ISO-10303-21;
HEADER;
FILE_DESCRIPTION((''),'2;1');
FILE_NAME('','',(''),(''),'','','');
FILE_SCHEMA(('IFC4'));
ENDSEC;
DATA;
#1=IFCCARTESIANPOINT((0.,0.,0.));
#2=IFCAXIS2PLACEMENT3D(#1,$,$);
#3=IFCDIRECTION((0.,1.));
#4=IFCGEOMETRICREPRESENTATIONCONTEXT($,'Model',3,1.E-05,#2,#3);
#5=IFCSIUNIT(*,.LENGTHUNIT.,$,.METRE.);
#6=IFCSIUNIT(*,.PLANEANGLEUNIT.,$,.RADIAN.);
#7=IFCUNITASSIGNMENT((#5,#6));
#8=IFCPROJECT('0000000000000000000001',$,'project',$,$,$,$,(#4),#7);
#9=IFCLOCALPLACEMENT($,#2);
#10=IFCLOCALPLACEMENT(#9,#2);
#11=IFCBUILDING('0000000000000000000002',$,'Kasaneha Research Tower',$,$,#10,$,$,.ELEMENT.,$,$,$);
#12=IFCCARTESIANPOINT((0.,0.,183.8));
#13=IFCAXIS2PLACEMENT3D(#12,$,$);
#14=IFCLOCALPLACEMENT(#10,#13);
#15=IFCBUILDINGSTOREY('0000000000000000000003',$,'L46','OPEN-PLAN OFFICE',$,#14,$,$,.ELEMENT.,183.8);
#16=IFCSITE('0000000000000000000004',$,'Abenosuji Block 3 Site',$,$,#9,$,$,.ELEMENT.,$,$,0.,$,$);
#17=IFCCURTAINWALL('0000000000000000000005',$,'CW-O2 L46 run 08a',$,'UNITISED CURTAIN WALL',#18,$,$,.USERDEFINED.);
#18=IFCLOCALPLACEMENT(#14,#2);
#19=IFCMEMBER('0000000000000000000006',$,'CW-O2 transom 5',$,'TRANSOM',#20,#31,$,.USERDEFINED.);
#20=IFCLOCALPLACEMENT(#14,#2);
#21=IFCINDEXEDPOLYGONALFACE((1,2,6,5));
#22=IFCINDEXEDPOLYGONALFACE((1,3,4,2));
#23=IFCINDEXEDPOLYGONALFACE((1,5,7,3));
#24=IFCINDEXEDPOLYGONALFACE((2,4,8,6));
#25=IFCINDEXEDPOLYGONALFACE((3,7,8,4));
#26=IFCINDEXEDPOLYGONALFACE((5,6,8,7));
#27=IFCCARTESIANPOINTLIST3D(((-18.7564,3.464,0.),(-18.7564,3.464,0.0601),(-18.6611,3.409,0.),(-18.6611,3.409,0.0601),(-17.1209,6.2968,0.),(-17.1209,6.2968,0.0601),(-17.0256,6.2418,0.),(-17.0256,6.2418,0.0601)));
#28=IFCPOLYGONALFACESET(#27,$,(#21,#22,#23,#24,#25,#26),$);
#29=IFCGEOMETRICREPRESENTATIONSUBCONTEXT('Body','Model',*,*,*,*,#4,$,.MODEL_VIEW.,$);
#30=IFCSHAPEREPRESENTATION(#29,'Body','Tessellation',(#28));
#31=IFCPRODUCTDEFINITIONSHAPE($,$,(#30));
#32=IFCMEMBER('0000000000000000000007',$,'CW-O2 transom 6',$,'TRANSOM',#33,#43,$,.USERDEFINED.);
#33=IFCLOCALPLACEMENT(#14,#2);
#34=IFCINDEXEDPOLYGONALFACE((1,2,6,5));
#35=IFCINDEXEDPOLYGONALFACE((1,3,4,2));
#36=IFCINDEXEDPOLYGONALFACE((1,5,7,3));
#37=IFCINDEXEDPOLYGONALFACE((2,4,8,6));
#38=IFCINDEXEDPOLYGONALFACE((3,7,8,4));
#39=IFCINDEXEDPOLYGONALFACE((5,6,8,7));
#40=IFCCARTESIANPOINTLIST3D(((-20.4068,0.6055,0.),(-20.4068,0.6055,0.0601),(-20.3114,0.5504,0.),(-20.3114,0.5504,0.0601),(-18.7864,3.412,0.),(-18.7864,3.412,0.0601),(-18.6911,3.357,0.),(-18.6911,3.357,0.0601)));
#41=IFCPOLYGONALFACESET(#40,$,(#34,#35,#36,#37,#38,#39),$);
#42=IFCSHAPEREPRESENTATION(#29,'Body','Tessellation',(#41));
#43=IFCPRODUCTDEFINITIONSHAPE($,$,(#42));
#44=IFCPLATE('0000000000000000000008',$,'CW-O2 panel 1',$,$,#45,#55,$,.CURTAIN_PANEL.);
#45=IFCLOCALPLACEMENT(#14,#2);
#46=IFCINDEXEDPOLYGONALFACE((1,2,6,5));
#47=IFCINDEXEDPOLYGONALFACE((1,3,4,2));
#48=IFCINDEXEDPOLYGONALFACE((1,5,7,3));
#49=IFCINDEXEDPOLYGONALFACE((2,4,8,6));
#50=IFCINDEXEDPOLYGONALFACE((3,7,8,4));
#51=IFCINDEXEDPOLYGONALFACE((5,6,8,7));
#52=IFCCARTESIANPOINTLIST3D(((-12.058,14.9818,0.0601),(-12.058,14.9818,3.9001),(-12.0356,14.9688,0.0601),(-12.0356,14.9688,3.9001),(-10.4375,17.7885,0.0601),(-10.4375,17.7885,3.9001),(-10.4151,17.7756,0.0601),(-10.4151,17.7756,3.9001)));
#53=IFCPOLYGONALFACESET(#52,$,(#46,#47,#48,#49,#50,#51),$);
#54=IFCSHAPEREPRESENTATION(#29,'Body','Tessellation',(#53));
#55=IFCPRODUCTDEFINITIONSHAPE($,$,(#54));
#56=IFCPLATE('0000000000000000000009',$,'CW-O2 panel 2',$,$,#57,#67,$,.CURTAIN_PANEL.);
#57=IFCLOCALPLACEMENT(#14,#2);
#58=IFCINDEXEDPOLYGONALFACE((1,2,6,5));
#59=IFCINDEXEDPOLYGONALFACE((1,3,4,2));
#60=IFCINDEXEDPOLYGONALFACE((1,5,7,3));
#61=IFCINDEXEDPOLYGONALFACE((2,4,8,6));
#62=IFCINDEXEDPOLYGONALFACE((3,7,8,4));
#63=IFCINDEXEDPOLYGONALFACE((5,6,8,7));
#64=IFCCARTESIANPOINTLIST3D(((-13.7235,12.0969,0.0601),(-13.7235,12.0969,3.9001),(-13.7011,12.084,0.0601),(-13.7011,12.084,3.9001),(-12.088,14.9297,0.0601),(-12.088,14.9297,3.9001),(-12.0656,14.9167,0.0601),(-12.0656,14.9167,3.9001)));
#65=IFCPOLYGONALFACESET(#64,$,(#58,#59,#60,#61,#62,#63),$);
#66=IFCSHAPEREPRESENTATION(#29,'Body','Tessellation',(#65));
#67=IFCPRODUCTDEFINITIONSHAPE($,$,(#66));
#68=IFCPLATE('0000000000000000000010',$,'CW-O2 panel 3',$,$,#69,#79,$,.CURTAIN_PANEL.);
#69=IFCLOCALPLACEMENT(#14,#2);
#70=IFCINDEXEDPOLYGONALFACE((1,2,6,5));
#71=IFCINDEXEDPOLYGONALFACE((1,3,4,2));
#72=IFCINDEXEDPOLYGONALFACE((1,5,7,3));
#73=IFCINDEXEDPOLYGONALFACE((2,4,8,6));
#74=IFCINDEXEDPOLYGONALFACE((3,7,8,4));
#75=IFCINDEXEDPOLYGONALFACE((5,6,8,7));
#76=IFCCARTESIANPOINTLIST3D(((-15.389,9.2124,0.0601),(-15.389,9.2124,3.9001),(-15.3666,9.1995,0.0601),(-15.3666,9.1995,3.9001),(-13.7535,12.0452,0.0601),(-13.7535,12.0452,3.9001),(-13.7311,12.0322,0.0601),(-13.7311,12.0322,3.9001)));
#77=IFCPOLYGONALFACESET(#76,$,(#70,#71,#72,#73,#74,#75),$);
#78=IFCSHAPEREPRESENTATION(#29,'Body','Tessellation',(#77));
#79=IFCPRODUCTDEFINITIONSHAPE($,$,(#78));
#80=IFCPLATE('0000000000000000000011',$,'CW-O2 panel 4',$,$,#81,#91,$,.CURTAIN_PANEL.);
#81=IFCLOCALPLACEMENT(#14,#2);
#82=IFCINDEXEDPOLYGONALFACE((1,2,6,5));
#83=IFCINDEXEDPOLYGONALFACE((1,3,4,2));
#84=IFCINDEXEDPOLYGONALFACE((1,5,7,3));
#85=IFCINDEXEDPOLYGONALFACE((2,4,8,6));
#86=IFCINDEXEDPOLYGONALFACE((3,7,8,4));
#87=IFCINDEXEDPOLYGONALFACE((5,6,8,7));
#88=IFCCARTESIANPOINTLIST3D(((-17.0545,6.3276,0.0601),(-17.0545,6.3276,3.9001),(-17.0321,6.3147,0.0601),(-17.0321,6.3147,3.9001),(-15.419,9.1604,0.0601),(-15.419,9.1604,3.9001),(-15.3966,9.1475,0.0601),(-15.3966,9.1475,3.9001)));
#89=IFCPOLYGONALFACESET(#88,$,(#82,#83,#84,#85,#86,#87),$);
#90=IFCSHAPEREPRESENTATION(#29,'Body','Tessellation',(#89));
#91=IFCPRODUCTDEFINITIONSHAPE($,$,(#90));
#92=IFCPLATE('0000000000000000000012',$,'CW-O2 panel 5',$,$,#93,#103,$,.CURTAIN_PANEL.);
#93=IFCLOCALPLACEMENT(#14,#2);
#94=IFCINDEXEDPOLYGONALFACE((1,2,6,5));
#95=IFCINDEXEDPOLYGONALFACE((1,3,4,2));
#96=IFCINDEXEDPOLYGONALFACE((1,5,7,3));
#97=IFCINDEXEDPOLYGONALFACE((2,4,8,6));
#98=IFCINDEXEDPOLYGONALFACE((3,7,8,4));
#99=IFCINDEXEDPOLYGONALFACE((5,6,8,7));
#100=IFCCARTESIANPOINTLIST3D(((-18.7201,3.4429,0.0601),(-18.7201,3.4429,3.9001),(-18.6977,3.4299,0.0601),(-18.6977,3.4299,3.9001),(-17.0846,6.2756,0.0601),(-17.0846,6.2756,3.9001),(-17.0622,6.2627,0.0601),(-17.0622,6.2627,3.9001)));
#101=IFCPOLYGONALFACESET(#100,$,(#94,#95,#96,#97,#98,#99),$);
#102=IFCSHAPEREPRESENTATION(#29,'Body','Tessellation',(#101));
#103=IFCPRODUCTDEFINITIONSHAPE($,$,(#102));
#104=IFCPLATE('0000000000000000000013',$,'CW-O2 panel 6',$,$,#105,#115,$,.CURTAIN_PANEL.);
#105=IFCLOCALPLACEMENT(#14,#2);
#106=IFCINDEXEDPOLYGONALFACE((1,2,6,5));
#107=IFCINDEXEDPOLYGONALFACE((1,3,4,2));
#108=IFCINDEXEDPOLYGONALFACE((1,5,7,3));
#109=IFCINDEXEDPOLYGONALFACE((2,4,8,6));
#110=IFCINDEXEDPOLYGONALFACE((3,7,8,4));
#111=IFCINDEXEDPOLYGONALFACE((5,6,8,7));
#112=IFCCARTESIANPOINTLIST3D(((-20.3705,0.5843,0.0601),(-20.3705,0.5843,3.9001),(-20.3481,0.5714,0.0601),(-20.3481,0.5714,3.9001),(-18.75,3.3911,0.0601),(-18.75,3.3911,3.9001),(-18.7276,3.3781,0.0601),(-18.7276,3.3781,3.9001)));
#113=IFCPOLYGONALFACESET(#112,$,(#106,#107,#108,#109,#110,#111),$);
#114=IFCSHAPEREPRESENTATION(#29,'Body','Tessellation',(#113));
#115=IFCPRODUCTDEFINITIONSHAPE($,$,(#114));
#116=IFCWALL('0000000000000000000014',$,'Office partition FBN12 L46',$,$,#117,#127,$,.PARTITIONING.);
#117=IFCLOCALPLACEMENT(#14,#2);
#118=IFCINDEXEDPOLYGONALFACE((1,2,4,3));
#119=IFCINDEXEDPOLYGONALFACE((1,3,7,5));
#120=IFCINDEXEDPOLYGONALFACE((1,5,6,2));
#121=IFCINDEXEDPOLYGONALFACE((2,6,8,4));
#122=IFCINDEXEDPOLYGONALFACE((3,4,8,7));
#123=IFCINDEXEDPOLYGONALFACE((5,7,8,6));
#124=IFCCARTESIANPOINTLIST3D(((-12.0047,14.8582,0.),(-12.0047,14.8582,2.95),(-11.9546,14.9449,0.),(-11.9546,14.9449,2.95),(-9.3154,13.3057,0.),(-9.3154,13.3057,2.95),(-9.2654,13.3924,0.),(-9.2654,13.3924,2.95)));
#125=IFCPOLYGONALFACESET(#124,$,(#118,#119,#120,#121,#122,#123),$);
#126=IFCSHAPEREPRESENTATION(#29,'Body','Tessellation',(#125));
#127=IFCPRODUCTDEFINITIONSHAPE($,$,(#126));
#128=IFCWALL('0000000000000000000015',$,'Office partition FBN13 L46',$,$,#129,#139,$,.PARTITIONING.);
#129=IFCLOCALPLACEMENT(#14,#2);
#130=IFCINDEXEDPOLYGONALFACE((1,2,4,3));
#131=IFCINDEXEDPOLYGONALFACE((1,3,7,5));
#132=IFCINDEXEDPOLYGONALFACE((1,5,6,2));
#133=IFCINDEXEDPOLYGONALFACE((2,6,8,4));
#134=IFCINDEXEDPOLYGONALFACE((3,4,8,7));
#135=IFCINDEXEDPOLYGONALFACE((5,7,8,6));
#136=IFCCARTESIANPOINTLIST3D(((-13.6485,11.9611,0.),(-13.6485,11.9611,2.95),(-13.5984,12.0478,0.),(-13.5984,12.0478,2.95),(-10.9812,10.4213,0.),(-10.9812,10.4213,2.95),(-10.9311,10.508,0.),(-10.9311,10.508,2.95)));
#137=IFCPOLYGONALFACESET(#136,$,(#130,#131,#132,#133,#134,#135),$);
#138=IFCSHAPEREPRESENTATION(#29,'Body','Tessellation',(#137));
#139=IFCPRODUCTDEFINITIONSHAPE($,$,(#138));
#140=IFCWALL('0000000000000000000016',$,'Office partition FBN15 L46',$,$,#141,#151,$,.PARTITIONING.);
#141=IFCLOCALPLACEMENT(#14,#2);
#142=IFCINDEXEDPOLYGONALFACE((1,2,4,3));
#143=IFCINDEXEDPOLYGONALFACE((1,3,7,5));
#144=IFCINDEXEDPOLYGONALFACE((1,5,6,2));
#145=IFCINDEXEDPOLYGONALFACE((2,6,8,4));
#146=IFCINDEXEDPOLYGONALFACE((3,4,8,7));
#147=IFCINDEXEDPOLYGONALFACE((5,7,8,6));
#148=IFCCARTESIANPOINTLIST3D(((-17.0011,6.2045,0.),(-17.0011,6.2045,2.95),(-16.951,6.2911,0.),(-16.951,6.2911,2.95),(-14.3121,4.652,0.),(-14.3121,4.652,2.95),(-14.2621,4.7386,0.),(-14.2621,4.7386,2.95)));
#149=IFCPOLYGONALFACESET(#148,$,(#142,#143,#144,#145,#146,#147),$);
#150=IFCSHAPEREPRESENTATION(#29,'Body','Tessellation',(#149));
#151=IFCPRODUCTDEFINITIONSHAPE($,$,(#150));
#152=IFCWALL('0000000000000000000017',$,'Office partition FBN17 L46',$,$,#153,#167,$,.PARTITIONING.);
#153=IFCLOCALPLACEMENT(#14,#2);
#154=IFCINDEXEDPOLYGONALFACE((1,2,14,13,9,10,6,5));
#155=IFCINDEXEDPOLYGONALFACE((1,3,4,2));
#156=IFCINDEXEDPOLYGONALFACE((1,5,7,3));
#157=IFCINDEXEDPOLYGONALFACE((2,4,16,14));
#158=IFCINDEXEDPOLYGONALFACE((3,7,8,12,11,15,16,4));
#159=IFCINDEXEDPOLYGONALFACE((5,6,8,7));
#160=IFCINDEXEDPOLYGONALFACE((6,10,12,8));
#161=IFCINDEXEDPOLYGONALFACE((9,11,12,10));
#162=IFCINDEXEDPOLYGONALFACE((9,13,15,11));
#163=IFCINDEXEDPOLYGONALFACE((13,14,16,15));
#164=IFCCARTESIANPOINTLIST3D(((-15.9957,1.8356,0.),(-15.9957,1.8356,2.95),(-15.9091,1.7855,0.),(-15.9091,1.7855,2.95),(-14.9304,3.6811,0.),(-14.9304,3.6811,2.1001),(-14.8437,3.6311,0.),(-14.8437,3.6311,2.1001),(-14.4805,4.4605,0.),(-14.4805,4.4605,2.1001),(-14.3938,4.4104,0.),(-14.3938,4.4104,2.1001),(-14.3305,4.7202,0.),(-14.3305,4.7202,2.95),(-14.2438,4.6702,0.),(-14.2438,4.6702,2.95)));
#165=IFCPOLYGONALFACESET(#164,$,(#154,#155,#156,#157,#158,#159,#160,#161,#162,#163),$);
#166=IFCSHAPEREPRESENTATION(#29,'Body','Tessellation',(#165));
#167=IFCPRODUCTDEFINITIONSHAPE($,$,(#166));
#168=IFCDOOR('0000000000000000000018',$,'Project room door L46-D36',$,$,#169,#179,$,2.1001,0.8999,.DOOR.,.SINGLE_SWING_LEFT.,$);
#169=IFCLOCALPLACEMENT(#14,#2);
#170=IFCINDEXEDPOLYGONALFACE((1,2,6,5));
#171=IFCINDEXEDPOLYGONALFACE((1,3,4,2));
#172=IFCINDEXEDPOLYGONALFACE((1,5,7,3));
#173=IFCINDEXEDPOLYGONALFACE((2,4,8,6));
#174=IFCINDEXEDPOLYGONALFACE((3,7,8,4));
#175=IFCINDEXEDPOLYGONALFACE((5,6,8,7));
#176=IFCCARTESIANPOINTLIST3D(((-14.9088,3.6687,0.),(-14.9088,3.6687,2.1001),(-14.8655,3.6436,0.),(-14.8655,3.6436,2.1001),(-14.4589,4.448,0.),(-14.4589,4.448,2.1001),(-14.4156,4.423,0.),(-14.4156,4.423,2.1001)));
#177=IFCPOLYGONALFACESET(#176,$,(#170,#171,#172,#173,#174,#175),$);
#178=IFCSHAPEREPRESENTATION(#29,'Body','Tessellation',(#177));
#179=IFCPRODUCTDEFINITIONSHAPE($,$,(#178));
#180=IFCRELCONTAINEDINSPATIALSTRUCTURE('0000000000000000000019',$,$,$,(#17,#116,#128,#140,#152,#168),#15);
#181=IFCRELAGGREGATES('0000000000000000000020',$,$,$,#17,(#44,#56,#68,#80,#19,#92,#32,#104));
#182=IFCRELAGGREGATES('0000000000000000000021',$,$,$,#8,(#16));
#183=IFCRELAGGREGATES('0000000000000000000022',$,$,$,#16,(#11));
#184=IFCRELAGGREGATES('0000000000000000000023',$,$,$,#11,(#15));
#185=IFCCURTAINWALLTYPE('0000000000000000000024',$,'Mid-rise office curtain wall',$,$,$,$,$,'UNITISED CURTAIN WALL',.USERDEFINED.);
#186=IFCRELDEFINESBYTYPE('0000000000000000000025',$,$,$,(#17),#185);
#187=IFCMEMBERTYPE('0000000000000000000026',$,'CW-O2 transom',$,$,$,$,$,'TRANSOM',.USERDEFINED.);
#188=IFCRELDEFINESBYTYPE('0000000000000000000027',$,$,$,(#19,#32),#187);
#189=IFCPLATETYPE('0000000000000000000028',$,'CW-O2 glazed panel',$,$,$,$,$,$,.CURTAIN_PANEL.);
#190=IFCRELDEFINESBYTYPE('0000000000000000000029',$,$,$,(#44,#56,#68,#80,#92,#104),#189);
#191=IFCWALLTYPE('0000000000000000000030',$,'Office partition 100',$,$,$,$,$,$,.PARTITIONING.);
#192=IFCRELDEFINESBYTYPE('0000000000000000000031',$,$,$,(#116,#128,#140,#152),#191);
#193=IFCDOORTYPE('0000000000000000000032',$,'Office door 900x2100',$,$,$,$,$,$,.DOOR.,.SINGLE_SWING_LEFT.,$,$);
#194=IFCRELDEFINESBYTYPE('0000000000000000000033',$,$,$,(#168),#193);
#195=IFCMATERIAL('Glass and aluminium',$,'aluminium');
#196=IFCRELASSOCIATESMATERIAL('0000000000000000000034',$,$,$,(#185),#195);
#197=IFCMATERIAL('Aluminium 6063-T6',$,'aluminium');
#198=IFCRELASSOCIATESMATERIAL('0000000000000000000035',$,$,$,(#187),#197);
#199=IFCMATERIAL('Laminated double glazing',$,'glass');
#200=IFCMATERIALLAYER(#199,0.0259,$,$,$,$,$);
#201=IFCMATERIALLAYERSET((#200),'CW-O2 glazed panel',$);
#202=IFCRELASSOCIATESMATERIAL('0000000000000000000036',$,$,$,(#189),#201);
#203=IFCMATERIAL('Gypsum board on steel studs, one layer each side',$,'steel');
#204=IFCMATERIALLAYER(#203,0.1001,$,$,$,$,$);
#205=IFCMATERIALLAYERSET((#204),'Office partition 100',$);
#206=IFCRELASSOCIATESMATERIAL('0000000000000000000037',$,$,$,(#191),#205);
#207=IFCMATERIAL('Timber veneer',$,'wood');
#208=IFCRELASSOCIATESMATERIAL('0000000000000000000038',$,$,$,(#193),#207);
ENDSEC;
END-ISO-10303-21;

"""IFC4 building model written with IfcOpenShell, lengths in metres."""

from ifc_helpers import new_model, si_unit, direction, frame, frame_2d, origin, origin_2d, place, context, subcontext, project, spatial, rectangle, extrude, material, layer, layer_set, material_profile, profile_set, type_object, element, fill, aggregate, save


model = new_model("IFC4")

# Units and contexts
model_context = context("Model", 3, precision=1e-05, world=origin(), true_north=direction((0.0, 1.0)))
body_context = subcontext(model_context, "Body", "Model", "MODEL_VIEW")
ifc_project = project(units=[si_unit("LENGTHUNIT", "METRE"), si_unit("PLANEANGLEUNIT", "RADIAN")], contexts=[model_context])

# Site, building, storey
site_placement = place(None, origin())
site = spatial("IfcSite", under=ifc_project, at=site_placement, Name="Abenosuji Block 3 Site", CompositionType="ELEMENT", RefElevation=0.0)
building_placement = place(site_placement, origin())
building = spatial("IfcBuilding", under=site, at=building_placement, Name="Kasaneha Research Tower", CompositionType="ELEMENT")
storey_placement = place(building_placement, frame((0.0, 0.0, 183.8)))
storey = spatial("IfcBuildingStorey", under=building, at=storey_placement, Name="L46", Description="OPEN-PLAN OFFICE", CompositionType="ELEMENT", Elevation=183.8)

# Shared definitions
ifc_material_1 = material(Name="Glass and aluminium", Category="aluminium")
curtain_wall_type = type_object("IfcCurtainWallType", Name="Mid-rise office curtain wall", ElementType="UNITISED CURTAIN WALL", PredefinedType="USERDEFINED", material=ifc_material_1)

# Curtain wall, members, plates
curtain_wall_1_placement = place(storey_placement, origin())
curtain_wall_1 = element("IfcCurtainWall", 1, at=curtain_wall_1_placement, inside=storey, type_object=curtain_wall_type, Name="CW-O2 L46 run 08a", ObjectType="UNITISED CURTAIN WALL", PredefinedType="USERDEFINED")
ifc_material_2 = material(Name="Aluminium 6063-T6", Category="aluminium")
ifc_material_profile_1 = material_profile(ifc_material_2, rectangle(XDim=0.1101, YDim=0.0601, at=origin_2d()), Name="CW-O2 transom 110x60")
ifc_profile_set_1 = profile_set([ifc_material_profile_1], Name="Aluminium 6063-T6")
member_type_1 = type_object("IfcMemberType", Name="CW-O2 transom", ElementType="TRANSOM", PredefinedType="USERDEFINED", material=ifc_profile_set_1)
member_1_placement = place(storey_placement, frame((-17.0732, 6.2693, 0.03), z_axis=(-0.5, -0.866025, 0.0), x_axis=(0.866025, -0.5, 0.0)))
member_1 = element("IfcMember", 2, at=member_1_placement, type_object=member_type_1, Name="CW-O2 transom 5", ObjectType="TRANSOM", PredefinedType="USERDEFINED", context=body_context, shape_type="SweptSolid", body=[
    extrude(rectangle(XDim=0.1101, YDim=0.0601, at=origin_2d()), origin(), (0.0, 0.0, 1.0), 3.271),
])
member_2_placement = place(storey_placement, frame((-18.7388, 3.3845, 0.03), z_axis=(-0.499988, -0.866033, 0.0), x_axis=(0.866033, -0.499988, 0.0)))
member_2 = element("IfcMember", 3, at=member_2_placement, type_object=member_type_1, Name="CW-O2 transom 6", ObjectType="TRANSOM", PredefinedType="USERDEFINED", context=body_context, shape_type="SweptSolid", body=[
    extrude(rectangle(XDim=0.1101, YDim=0.0601, at=origin_2d()), origin(), (0.0, 0.0, 1.0), 3.2407),
])
ifc_material_3 = material(Name="Laminated double glazing", Category="glass")
ifc_layer_1 = layer(ifc_material_3, 0.0259)
ifc_layer_set_1 = layer_set([ifc_layer_1], Name="CW-O2 glazed panel")
plate_type = type_object("IfcPlateType", Name="CW-O2 glazed panel", PredefinedType="CURTAIN_PANEL", material=ifc_layer_set_1)
plate_1_placement = place(storey_placement, frame((-11.2366, 16.3787, 0.0601), z_axis=(0.0, 0.0, 1.0), x_axis=(-0.5, -0.866025, 0.0)))
plate_1 = element("IfcPlate", 4, at=plate_1_placement, type_object=plate_type, Name="CW-O2 panel 1", PredefinedType="CURTAIN_PANEL", context=body_context, shape_type="SweptSolid", body=[
    extrude(rectangle(XDim=3.241, YDim=0.0259, at=origin_2d()), origin(), (0.0, 0.0, 1.0), 3.8401),
])
plate_2_placement = place(storey_placement, frame((-12.8945, 13.5068, 0.0601), z_axis=(0.0, 0.0, 1.0), x_axis=(-0.5, -0.866025, 0.0)))
plate_2 = element("IfcPlate", 5, at=plate_2_placement, type_object=plate_type, Name="CW-O2 panel 2", PredefinedType="CURTAIN_PANEL", context=body_context, shape_type="SweptSolid", body=[
    extrude(rectangle(XDim=3.271, YDim=0.0259, at=origin_2d()), origin(), (0.0, 0.0, 1.0), 3.8401),
])
plate_3_placement = place(storey_placement, frame((-14.5601, 10.6223, 0.0601), z_axis=(0.0, 0.0, 1.0), x_axis=(-0.5, -0.866025, 0.0)))
plate_3 = element("IfcPlate", 6, at=plate_3_placement, type_object=plate_type, Name="CW-O2 panel 3", PredefinedType="CURTAIN_PANEL", context=body_context, shape_type="SweptSolid", body=[
    extrude(rectangle(XDim=3.271, YDim=0.0259, at=origin_2d()), origin(), (0.0, 0.0, 1.0), 3.8401),
])
plate_4_placement = place(storey_placement, frame((-16.2256, 7.7375, 0.0601), z_axis=(0.0, 0.0, 1.0), x_axis=(-0.5, -0.866025, 0.0)))
plate_4 = element("IfcPlate", 7, at=plate_4_placement, type_object=plate_type, Name="CW-O2 panel 4", PredefinedType="CURTAIN_PANEL", context=body_context, shape_type="SweptSolid", body=[
    extrude(rectangle(XDim=3.271, YDim=0.0259, at=origin_2d()), origin(), (0.0, 0.0, 1.0), 3.8401),
])
plate_5_placement = place(storey_placement, frame((-17.8911, 4.8528, 0.0601), z_axis=(0.0, 0.0, 1.0), x_axis=(-0.5, -0.866025, 0.0)))
plate_5 = element("IfcPlate", 8, at=plate_5_placement, type_object=plate_type, Name="CW-O2 panel 5", PredefinedType="CURTAIN_PANEL", context=body_context, shape_type="SweptSolid", body=[
    extrude(rectangle(XDim=3.271, YDim=0.0259, at=origin_2d()), origin(), (0.0, 0.0, 1.0), 3.8401),
])
plate_6_placement = place(storey_placement, frame((-19.5491, 1.9812, 0.0601), z_axis=(0.0, 0.0, 1.0), x_axis=(-0.5, -0.866025, 0.0)))
plate_6 = element("IfcPlate", 9, at=plate_6_placement, type_object=plate_type, Name="CW-O2 panel 6", PredefinedType="CURTAIN_PANEL", context=body_context, shape_type="SweptSolid", body=[
    extrude(rectangle(XDim=3.241, YDim=0.0259, at=origin_2d()), origin(), (0.0, 0.0, 1.0), 3.8401),
])
aggregate(curtain_wall_1, [plate_1, plate_2, plate_3, plate_4, member_1, plate_5, member_2, plate_6])

# Walls
ifc_material_4 = material(Name="Gypsum board on steel studs, one layer each side", Category="steel")
ifc_layer_2 = layer(ifc_material_4, 0.1001)
ifc_layer_set_2 = layer_set([ifc_layer_2], Name="Office partition 100")
wall_type = type_object("IfcWallType", Name="Office partition 100", PredefinedType="PARTITIONING", material=ifc_layer_set_2)
wall_1_placement = place(storey_placement, frame((-11.9797, 14.9016, 0.0), z_axis=(0.0, 0.0, 1.0), x_axis=(0.866043, -0.49997, 0.0)))
element("IfcWall", 10, at=wall_1_placement, inside=storey, type_object=wall_type, Name="Office partition FBN12 L46", PredefinedType="PARTITIONING", context=body_context, shape_type="SweptSolid", body=[
    extrude(rectangle(XDim=3.1052, YDim=0.1001, at=frame_2d((1.5527, 0.0))), origin(), (0.0, 0.0, 1.0), 2.95),
])
wall_2_placement = place(storey_placement, frame((-10.9561, 10.4646, 0.0), z_axis=(0.0, 0.0, 1.0), x_axis=(-0.866044, 0.499967, 0.0)))
element("IfcWall", 11, at=wall_2_placement, inside=storey, type_object=wall_type, Name="Office partition FBN13 L46", PredefinedType="PARTITIONING", context=body_context, shape_type="SweptSolid", body=[
    extrude(rectangle(XDim=3.0798, YDim=0.1001, at=frame_2d((1.54, 0.0))), origin(), (0.0, 0.0, 1.0), 2.95),
])
wall_3_placement = place(storey_placement, frame((-16.9761, 6.2478, 0.0), z_axis=(0.0, 0.0, 1.0), x_axis=(0.866023, -0.500004, 0.0)))
element("IfcWall", 12, at=wall_3_placement, inside=storey, type_object=wall_type, Name="Office partition FBN15 L46", PredefinedType="PARTITIONING", context=body_context, shape_type="SweptSolid", body=[
    extrude(rectangle(XDim=3.105, YDim=0.1001, at=frame_2d((1.5525, 0.0))), origin(), (0.0, 0.0, 1.0), 2.95),
])

# Wall, opening, door
wall_4_placement = place(storey_placement, frame((-14.2871, 4.6953, 0.0), z_axis=(0.0, 0.0, 1.0), x_axis=(-0.499947, -0.866056, 0.0)))
wall_4 = element("IfcWall", 13, at=wall_4_placement, inside=storey, type_object=wall_type, Name="Office partition FBN17 L46", PredefinedType="PARTITIONING", context=body_context, shape_type="SweptSolid", body=[
    extrude(rectangle(XDim=3.3308, YDim=0.1001, at=frame_2d((1.6655, 0.0))), origin(), (0.0, 0.0, 1.0), 2.95),
])
opening_placement = place(wall_4_placement, frame((0.3, 0.0, 0.0)))
opening = element("IfcOpeningElement", 14, at=opening_placement, cuts=wall_4, PredefinedType="OPENING", context=body_context, shape_type="SweptSolid", body=[
    extrude(rectangle(XDim=0.8999, YDim=2.1001, at=frame_2d((0.45, 1.05))), frame((0.0, 0.0601, 0.0), z_axis=(0.0, -1.0, 0.0), x_axis=(1.0, 0.0, 0.0)), (0.0, 0.0, 1.0), 0.1201),
])
ifc_material_5 = material(Name="Timber veneer", Category="wood")
door_type = type_object("IfcDoorType", Name="Office door 900x2100", OperationType="SINGLE_SWING_LEFT", PredefinedType="DOOR", material=ifc_material_5)
door_placement = place(opening_placement, origin())
door = element("IfcDoor", 15, at=door_placement, inside=storey, type_object=door_type, Name="Project room door L46-D36", OperationType="SINGLE_SWING_LEFT", OverallHeight=2.1001, OverallWidth=0.8999, PredefinedType="DOOR", context=body_context, shape_type="SweptSolid", body=[
    extrude(rectangle(XDim=0.8999, YDim=2.1001, at=frame_2d((0.45, 1.05))), frame((0.0, 0.0249, 0.0), z_axis=(0.0, -1.0, 0.0), x_axis=(1.0, 0.0, 0.0)), (0.0, 0.0, 1.0), 0.05),
])
fill(opening, door)

save(model, "model.ifc")
